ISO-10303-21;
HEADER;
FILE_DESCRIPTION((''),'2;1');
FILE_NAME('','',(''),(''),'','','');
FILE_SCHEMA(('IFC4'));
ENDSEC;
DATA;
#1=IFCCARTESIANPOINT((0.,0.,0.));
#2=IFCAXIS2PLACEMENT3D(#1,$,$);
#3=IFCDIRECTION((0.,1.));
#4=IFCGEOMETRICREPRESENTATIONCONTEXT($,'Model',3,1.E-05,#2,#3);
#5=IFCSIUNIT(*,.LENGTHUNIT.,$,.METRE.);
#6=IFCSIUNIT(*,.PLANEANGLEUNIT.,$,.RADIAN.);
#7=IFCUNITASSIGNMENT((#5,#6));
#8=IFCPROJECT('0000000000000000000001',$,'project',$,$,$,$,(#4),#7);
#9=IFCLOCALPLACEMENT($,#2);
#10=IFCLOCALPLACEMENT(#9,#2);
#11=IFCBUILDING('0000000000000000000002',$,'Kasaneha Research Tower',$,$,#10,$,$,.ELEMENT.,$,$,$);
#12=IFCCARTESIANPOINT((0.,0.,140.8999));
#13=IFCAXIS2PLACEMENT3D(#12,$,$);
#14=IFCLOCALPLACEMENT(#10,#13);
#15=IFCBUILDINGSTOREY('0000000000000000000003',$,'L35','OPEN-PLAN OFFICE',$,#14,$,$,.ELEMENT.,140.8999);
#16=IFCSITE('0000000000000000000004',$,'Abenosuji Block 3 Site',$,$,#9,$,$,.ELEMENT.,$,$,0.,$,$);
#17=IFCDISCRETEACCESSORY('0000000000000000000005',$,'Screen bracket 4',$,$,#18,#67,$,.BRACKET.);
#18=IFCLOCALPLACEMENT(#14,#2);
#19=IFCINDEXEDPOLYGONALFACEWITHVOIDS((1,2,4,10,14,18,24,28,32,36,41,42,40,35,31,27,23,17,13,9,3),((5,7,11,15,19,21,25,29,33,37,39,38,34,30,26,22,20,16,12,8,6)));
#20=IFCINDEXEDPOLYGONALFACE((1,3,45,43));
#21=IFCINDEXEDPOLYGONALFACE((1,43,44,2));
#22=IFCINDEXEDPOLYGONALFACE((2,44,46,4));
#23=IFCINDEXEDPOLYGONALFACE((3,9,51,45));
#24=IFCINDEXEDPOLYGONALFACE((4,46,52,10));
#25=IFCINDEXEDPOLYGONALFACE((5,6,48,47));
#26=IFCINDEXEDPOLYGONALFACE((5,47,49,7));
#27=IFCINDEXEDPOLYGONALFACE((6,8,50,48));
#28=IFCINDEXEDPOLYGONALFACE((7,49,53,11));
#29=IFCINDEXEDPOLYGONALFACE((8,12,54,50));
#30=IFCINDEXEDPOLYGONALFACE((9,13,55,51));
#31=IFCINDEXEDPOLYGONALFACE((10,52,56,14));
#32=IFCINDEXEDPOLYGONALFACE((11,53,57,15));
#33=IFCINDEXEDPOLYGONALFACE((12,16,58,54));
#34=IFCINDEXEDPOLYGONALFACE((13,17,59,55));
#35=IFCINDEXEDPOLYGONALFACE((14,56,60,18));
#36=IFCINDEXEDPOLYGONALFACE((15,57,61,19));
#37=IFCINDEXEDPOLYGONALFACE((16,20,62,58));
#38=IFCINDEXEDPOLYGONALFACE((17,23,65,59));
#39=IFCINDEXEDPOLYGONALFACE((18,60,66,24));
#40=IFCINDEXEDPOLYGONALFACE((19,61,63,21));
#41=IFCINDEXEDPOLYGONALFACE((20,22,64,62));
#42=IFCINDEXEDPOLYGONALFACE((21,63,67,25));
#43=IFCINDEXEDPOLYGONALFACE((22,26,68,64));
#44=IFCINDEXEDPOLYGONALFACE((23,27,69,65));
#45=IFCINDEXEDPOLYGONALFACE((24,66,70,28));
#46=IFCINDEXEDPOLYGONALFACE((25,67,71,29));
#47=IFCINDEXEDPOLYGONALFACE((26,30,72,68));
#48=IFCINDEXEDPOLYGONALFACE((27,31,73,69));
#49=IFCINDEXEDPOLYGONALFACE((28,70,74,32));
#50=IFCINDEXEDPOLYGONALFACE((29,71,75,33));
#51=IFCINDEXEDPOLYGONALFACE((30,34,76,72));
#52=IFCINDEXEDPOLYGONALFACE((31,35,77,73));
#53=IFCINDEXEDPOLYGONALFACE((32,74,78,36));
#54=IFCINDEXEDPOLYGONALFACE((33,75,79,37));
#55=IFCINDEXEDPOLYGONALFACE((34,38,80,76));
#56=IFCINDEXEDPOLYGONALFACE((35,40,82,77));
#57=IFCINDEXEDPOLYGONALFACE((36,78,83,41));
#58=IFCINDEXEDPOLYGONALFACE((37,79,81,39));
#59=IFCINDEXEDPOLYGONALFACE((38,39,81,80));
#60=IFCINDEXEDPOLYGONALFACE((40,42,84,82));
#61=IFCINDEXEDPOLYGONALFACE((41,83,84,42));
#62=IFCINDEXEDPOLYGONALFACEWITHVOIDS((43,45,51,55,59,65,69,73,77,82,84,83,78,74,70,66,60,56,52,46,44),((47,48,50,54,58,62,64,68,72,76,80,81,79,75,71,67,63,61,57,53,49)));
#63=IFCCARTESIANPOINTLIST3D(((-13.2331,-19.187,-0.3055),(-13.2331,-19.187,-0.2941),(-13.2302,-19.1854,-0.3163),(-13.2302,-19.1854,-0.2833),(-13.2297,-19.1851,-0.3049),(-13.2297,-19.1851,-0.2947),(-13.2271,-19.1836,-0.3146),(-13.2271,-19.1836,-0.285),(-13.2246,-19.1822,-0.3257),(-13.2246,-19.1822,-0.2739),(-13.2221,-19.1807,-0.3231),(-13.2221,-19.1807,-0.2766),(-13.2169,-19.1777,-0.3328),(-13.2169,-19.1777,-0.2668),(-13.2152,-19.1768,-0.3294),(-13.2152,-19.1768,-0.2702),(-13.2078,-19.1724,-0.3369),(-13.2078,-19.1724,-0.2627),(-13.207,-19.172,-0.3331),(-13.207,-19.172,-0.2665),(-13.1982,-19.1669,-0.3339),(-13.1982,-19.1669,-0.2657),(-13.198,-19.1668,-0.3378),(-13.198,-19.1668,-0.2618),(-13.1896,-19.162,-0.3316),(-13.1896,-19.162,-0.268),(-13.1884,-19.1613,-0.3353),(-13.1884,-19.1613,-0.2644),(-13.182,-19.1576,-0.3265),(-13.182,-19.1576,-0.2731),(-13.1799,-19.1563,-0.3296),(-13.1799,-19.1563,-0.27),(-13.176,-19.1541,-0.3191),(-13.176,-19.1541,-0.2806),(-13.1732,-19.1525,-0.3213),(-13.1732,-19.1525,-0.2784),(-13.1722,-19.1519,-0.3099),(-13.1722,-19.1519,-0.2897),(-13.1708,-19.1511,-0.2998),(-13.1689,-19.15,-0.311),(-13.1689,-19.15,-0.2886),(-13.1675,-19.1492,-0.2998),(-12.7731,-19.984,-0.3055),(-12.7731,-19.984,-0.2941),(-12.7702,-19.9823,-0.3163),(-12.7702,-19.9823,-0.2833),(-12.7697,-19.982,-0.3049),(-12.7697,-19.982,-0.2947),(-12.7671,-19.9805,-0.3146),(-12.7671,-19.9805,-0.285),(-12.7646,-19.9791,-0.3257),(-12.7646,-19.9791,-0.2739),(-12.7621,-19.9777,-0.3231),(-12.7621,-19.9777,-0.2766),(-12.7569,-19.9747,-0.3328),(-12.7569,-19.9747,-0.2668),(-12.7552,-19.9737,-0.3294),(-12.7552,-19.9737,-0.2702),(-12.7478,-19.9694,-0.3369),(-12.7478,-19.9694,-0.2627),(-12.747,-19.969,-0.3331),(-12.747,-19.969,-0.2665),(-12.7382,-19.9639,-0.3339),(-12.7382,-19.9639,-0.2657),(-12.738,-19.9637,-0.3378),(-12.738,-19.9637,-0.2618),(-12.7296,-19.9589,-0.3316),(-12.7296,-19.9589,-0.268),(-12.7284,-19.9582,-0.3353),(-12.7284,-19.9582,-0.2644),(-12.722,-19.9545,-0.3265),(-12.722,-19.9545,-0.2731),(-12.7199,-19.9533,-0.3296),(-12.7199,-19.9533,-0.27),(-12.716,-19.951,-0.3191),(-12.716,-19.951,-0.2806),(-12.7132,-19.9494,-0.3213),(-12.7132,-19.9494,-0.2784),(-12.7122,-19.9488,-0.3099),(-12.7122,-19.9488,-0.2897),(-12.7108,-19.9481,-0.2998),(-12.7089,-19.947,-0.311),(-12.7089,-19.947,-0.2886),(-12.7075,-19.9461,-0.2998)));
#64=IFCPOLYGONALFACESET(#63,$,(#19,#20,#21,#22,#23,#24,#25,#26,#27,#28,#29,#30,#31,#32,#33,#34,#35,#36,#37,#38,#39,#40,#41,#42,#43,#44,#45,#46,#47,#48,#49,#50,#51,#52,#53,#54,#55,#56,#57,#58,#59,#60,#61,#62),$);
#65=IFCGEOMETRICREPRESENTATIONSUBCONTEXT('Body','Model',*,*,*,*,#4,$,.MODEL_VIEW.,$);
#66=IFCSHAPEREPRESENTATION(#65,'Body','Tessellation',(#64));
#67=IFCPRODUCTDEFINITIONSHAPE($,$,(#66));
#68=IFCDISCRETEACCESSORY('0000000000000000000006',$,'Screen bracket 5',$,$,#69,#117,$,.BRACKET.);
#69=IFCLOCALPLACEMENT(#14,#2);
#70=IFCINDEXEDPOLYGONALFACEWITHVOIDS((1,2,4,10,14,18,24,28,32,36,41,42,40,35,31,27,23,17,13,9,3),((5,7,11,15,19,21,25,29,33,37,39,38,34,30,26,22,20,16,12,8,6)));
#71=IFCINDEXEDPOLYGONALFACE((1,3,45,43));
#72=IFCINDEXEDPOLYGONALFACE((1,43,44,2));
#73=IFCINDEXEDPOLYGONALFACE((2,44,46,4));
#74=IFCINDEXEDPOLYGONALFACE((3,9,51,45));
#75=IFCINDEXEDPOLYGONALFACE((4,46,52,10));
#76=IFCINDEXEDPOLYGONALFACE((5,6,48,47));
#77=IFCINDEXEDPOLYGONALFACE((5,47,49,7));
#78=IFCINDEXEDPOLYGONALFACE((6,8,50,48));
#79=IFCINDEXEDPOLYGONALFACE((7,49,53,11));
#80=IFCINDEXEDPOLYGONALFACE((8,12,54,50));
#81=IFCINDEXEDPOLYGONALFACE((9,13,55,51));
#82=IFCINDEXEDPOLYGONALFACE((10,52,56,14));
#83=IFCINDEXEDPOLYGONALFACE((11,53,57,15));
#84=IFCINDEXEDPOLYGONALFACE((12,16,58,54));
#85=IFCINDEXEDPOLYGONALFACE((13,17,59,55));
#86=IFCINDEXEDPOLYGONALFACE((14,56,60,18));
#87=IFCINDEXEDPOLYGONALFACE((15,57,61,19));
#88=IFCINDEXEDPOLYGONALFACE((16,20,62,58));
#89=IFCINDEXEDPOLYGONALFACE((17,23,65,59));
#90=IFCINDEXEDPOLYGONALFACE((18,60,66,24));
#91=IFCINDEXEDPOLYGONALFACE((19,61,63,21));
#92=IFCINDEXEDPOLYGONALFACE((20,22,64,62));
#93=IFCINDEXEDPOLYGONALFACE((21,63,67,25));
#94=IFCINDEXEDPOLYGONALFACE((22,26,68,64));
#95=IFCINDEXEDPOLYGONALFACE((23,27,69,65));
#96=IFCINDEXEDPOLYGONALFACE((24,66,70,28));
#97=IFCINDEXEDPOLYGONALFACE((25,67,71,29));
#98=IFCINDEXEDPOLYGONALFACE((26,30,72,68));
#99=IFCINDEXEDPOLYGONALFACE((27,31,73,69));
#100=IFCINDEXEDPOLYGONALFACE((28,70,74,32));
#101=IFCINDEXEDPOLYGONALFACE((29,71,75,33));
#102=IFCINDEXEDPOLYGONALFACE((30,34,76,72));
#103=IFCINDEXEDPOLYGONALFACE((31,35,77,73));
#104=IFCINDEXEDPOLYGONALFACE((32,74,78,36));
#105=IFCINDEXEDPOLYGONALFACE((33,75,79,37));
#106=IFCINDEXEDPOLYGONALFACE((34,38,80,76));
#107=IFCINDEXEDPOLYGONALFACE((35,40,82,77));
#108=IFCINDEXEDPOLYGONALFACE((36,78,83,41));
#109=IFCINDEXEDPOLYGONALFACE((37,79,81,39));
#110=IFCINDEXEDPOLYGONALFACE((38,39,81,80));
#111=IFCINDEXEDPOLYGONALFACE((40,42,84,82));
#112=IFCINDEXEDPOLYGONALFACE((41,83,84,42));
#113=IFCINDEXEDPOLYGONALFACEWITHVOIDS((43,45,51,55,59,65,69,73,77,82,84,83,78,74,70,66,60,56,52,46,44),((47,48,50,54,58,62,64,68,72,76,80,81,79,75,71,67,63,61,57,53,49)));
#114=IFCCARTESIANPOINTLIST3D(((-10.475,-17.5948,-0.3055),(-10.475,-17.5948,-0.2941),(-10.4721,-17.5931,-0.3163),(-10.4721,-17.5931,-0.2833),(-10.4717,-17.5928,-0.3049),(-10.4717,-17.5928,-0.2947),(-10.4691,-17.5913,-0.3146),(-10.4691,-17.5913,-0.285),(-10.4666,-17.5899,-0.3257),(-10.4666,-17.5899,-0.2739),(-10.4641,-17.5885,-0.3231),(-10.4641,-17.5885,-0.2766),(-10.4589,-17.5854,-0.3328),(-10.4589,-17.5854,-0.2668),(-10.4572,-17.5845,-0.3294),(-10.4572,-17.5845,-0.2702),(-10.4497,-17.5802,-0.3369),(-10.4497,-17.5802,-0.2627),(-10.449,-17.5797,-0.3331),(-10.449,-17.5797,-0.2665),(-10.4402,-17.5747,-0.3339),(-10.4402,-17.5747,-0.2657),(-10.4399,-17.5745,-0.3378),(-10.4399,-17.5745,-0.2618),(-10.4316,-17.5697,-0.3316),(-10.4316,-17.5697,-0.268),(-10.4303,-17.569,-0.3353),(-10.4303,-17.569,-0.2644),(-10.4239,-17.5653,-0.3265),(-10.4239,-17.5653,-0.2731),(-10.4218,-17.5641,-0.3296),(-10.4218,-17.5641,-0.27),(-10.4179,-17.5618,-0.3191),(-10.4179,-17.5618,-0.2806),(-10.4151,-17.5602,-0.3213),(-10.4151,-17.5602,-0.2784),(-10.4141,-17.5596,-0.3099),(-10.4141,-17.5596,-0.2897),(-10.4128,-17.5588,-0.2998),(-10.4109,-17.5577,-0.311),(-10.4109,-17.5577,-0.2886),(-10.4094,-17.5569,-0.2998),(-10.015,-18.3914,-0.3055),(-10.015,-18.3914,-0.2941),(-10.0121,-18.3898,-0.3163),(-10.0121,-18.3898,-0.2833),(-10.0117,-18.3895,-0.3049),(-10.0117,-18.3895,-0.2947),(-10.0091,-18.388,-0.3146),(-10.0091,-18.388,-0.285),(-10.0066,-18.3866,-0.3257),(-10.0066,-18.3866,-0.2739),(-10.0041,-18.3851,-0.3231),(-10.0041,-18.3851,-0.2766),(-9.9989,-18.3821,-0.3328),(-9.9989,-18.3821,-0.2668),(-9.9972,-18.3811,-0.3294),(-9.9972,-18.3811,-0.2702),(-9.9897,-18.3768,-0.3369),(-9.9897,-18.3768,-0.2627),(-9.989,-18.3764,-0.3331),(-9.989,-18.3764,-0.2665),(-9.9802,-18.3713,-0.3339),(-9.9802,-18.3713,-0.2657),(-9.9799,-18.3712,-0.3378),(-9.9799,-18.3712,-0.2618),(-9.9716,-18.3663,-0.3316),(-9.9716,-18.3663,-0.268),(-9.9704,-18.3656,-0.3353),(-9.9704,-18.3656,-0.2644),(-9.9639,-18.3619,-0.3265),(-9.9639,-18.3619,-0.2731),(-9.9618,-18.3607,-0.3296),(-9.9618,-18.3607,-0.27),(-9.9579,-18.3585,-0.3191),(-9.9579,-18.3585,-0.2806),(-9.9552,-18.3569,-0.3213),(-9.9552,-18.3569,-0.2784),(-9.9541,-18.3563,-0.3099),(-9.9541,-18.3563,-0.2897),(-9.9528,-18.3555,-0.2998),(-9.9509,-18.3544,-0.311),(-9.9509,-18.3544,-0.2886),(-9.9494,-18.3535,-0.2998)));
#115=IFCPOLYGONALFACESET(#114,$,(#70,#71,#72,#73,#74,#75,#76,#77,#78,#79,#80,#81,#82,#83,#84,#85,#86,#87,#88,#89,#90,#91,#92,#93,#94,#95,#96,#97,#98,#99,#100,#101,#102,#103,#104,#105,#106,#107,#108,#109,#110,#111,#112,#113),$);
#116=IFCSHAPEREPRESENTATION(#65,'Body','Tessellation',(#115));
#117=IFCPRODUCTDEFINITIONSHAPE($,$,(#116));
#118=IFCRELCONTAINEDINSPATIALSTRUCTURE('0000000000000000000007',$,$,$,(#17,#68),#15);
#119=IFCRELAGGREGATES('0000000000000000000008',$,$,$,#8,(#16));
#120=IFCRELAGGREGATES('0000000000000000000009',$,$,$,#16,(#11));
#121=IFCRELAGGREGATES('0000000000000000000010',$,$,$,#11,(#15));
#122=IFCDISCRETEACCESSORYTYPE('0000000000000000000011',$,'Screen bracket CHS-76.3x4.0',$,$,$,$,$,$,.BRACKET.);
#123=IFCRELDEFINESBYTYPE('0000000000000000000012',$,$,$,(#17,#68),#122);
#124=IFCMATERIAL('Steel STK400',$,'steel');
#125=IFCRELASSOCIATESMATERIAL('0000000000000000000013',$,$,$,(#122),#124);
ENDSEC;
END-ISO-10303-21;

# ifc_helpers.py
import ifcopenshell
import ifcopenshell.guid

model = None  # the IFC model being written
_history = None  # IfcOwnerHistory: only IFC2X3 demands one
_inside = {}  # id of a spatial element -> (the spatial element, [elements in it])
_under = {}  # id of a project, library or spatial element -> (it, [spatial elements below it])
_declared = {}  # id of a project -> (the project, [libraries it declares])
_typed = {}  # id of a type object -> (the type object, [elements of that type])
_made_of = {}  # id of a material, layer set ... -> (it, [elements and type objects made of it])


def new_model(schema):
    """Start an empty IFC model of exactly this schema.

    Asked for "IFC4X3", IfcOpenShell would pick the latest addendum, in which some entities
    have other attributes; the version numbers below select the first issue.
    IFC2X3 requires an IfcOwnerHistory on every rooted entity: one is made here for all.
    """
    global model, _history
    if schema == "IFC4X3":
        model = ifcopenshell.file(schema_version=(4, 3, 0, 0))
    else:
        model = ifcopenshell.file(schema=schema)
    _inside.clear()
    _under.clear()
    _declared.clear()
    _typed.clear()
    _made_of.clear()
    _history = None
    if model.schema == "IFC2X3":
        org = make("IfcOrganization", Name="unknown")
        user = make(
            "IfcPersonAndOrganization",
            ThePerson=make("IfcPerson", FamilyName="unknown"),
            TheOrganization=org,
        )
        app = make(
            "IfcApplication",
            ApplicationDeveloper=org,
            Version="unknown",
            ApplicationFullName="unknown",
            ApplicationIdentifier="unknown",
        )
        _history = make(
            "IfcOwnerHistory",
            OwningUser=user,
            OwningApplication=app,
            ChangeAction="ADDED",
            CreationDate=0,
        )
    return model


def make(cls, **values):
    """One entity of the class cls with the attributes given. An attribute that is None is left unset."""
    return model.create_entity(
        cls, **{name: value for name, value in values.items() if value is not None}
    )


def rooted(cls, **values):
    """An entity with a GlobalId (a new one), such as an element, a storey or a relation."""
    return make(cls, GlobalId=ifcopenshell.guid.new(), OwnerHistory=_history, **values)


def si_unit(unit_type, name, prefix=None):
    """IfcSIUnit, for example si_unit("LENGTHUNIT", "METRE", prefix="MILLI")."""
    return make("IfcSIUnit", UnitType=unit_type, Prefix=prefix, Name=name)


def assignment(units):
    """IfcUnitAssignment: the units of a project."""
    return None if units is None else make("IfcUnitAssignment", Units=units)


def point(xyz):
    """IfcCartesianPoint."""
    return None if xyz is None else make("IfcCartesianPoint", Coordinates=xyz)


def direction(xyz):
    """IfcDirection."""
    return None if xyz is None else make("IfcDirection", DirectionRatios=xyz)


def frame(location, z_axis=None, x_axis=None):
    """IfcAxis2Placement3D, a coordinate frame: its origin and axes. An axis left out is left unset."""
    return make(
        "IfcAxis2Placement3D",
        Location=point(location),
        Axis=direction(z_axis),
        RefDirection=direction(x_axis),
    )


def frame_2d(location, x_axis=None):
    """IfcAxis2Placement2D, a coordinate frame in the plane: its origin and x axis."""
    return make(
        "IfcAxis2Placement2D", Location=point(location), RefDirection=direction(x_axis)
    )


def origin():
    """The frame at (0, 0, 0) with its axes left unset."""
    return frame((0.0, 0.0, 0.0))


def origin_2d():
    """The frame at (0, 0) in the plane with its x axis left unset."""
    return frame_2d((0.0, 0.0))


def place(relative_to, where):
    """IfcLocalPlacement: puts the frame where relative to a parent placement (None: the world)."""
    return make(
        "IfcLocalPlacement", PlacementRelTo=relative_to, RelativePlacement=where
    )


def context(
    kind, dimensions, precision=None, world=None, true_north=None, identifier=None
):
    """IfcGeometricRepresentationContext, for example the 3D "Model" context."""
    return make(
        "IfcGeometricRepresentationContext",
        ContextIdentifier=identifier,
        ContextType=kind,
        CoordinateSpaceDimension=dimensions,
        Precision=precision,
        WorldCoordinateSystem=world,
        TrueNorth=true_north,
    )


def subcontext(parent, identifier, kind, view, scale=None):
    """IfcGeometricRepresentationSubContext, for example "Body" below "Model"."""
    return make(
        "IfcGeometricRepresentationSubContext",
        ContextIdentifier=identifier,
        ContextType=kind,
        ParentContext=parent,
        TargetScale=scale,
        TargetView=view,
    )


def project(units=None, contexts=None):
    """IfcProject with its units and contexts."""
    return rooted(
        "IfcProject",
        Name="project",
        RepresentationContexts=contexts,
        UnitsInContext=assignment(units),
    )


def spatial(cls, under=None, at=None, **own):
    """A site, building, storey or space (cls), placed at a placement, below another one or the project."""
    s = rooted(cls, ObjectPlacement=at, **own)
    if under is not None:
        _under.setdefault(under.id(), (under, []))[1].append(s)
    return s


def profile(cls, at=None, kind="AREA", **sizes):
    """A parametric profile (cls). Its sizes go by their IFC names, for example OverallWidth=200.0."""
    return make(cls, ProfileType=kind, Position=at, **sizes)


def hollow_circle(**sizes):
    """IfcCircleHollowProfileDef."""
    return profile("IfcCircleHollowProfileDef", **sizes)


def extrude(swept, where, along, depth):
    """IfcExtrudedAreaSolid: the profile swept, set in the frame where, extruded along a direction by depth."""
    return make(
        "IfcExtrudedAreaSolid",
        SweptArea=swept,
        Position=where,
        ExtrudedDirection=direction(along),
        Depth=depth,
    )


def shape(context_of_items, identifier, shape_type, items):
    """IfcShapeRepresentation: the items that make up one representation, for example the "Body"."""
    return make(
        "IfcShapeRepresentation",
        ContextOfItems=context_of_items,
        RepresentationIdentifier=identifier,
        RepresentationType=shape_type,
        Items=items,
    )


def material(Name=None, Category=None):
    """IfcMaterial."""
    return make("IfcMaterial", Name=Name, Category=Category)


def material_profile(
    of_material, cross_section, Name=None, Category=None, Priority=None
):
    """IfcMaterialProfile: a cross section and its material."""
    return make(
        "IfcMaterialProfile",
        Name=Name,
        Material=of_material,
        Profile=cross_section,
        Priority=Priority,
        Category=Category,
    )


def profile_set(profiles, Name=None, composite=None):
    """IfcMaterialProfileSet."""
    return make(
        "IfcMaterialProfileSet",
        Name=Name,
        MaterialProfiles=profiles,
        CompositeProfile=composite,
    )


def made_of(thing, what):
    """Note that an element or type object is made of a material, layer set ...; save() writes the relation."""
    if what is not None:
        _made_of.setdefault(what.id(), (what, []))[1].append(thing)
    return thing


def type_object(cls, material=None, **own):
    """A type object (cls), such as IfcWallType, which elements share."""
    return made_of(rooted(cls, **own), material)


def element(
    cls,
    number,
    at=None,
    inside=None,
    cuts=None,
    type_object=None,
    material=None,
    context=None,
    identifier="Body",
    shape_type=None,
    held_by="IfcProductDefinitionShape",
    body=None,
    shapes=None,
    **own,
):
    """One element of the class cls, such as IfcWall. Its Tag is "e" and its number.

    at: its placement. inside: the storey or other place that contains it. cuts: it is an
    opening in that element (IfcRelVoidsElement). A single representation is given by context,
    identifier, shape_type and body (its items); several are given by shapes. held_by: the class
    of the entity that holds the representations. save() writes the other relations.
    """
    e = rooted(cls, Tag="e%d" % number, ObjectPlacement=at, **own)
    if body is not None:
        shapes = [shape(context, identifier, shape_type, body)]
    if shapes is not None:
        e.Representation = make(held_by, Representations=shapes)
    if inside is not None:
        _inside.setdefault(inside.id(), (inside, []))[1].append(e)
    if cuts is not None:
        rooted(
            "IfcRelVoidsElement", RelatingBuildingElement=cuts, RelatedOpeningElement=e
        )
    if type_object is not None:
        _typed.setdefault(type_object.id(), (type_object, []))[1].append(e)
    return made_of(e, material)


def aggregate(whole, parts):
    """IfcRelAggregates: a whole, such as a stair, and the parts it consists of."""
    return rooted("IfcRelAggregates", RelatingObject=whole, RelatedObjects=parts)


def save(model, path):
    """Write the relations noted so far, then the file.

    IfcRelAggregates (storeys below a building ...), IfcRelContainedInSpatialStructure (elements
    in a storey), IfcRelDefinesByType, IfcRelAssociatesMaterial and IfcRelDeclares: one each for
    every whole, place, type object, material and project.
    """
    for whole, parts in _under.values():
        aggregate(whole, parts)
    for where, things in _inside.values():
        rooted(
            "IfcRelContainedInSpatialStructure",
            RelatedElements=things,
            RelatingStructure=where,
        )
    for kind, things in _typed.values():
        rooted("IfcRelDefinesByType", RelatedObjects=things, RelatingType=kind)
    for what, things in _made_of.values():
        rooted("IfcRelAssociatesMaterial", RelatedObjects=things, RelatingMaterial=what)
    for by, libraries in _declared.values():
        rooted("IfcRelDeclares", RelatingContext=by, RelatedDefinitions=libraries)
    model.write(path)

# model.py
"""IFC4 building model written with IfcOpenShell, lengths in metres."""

from ifc_helpers import new_model, si_unit, direction, frame, origin, origin_2d, place, context, subcontext, project, spatial, hollow_circle, extrude, material, material_profile, profile_set, type_object, element, save


model = new_model("IFC4")

# Units and contexts
model_context = context("Model", 3, precision=1e-05, world=origin(), true_north=direction((0.0, 1.0)))
body_context = subcontext(model_context, "Body", "Model", "MODEL_VIEW")
ifc_project = project(units=[si_unit("LENGTHUNIT", "METRE"), si_unit("PLANEANGLEUNIT", "RADIAN")], contexts=[model_context])

# Site, building, storey
site_placement = place(None, origin())
site = spatial("IfcSite", under=ifc_project, at=site_placement, Name="Abenosuji Block 3 Site", CompositionType="ELEMENT", RefElevation=0.0)
building_placement = place(site_placement, origin())
building = spatial("IfcBuilding", under=site, at=building_placement, Name="Kasaneha Research Tower", CompositionType="ELEMENT")
storey_placement = place(building_placement, frame((0.0, 0.0, 140.8999)))
storey = spatial("IfcBuildingStorey", under=building, at=storey_placement, Name="L35", Description="OPEN-PLAN OFFICE", CompositionType="ELEMENT", Elevation=140.8999)

# Discrete accessories
ifc_material_1 = material(Name="Steel STK400", Category="steel")
ifc_material_profile_1 = material_profile(ifc_material_1, hollow_circle(Radius=0.0381, WallThickness=0.0039, at=origin_2d()), Name="CHS-76.3x4.0")
ifc_profile_set_1 = profile_set([ifc_material_profile_1], Name="Steel STK400")
discrete_accessory_type = type_object("IfcDiscreteAccessoryType", Name="Screen bracket CHS-76.3x4.0", PredefinedType="BRACKET", material=ifc_profile_set_1)
discrete_accessory_1_placement = place(storey_placement, frame((-13.2004, -19.1682, -0.2998), z_axis=(0.499906, -0.86608, 0.0), x_axis=(0.86608, 0.499906, 0.0)))
element("IfcDiscreteAccessory", 1, at=discrete_accessory_1_placement, inside=storey, type_object=discrete_accessory_type, Name="Screen bracket 4", PredefinedType="BRACKET", context=body_context, shape_type="SweptSolid", body=[
    extrude(hollow_circle(Radius=0.0381, WallThickness=0.0039, at=origin_2d()), origin(), (0.0, 0.0, 1.0), 0.9202),
])
discrete_accessory_2_placement = place(storey_placement, frame((-10.4424, -17.5759, -0.2998), z_axis=(0.500021, -0.866013, 0.0), x_axis=(0.866013, 0.500021, 0.0)))
element("IfcDiscreteAccessory", 2, at=discrete_accessory_2_placement, inside=storey, type_object=discrete_accessory_type, Name="Screen bracket 5", PredefinedType="BRACKET", context=body_context, shape_type="SweptSolid", body=[
    extrude(hollow_circle(Radius=0.0381, WallThickness=0.0039, at=origin_2d()), origin(), (0.0, 0.0, 1.0), 0.9199),
])

save(model, "model.ifc")
